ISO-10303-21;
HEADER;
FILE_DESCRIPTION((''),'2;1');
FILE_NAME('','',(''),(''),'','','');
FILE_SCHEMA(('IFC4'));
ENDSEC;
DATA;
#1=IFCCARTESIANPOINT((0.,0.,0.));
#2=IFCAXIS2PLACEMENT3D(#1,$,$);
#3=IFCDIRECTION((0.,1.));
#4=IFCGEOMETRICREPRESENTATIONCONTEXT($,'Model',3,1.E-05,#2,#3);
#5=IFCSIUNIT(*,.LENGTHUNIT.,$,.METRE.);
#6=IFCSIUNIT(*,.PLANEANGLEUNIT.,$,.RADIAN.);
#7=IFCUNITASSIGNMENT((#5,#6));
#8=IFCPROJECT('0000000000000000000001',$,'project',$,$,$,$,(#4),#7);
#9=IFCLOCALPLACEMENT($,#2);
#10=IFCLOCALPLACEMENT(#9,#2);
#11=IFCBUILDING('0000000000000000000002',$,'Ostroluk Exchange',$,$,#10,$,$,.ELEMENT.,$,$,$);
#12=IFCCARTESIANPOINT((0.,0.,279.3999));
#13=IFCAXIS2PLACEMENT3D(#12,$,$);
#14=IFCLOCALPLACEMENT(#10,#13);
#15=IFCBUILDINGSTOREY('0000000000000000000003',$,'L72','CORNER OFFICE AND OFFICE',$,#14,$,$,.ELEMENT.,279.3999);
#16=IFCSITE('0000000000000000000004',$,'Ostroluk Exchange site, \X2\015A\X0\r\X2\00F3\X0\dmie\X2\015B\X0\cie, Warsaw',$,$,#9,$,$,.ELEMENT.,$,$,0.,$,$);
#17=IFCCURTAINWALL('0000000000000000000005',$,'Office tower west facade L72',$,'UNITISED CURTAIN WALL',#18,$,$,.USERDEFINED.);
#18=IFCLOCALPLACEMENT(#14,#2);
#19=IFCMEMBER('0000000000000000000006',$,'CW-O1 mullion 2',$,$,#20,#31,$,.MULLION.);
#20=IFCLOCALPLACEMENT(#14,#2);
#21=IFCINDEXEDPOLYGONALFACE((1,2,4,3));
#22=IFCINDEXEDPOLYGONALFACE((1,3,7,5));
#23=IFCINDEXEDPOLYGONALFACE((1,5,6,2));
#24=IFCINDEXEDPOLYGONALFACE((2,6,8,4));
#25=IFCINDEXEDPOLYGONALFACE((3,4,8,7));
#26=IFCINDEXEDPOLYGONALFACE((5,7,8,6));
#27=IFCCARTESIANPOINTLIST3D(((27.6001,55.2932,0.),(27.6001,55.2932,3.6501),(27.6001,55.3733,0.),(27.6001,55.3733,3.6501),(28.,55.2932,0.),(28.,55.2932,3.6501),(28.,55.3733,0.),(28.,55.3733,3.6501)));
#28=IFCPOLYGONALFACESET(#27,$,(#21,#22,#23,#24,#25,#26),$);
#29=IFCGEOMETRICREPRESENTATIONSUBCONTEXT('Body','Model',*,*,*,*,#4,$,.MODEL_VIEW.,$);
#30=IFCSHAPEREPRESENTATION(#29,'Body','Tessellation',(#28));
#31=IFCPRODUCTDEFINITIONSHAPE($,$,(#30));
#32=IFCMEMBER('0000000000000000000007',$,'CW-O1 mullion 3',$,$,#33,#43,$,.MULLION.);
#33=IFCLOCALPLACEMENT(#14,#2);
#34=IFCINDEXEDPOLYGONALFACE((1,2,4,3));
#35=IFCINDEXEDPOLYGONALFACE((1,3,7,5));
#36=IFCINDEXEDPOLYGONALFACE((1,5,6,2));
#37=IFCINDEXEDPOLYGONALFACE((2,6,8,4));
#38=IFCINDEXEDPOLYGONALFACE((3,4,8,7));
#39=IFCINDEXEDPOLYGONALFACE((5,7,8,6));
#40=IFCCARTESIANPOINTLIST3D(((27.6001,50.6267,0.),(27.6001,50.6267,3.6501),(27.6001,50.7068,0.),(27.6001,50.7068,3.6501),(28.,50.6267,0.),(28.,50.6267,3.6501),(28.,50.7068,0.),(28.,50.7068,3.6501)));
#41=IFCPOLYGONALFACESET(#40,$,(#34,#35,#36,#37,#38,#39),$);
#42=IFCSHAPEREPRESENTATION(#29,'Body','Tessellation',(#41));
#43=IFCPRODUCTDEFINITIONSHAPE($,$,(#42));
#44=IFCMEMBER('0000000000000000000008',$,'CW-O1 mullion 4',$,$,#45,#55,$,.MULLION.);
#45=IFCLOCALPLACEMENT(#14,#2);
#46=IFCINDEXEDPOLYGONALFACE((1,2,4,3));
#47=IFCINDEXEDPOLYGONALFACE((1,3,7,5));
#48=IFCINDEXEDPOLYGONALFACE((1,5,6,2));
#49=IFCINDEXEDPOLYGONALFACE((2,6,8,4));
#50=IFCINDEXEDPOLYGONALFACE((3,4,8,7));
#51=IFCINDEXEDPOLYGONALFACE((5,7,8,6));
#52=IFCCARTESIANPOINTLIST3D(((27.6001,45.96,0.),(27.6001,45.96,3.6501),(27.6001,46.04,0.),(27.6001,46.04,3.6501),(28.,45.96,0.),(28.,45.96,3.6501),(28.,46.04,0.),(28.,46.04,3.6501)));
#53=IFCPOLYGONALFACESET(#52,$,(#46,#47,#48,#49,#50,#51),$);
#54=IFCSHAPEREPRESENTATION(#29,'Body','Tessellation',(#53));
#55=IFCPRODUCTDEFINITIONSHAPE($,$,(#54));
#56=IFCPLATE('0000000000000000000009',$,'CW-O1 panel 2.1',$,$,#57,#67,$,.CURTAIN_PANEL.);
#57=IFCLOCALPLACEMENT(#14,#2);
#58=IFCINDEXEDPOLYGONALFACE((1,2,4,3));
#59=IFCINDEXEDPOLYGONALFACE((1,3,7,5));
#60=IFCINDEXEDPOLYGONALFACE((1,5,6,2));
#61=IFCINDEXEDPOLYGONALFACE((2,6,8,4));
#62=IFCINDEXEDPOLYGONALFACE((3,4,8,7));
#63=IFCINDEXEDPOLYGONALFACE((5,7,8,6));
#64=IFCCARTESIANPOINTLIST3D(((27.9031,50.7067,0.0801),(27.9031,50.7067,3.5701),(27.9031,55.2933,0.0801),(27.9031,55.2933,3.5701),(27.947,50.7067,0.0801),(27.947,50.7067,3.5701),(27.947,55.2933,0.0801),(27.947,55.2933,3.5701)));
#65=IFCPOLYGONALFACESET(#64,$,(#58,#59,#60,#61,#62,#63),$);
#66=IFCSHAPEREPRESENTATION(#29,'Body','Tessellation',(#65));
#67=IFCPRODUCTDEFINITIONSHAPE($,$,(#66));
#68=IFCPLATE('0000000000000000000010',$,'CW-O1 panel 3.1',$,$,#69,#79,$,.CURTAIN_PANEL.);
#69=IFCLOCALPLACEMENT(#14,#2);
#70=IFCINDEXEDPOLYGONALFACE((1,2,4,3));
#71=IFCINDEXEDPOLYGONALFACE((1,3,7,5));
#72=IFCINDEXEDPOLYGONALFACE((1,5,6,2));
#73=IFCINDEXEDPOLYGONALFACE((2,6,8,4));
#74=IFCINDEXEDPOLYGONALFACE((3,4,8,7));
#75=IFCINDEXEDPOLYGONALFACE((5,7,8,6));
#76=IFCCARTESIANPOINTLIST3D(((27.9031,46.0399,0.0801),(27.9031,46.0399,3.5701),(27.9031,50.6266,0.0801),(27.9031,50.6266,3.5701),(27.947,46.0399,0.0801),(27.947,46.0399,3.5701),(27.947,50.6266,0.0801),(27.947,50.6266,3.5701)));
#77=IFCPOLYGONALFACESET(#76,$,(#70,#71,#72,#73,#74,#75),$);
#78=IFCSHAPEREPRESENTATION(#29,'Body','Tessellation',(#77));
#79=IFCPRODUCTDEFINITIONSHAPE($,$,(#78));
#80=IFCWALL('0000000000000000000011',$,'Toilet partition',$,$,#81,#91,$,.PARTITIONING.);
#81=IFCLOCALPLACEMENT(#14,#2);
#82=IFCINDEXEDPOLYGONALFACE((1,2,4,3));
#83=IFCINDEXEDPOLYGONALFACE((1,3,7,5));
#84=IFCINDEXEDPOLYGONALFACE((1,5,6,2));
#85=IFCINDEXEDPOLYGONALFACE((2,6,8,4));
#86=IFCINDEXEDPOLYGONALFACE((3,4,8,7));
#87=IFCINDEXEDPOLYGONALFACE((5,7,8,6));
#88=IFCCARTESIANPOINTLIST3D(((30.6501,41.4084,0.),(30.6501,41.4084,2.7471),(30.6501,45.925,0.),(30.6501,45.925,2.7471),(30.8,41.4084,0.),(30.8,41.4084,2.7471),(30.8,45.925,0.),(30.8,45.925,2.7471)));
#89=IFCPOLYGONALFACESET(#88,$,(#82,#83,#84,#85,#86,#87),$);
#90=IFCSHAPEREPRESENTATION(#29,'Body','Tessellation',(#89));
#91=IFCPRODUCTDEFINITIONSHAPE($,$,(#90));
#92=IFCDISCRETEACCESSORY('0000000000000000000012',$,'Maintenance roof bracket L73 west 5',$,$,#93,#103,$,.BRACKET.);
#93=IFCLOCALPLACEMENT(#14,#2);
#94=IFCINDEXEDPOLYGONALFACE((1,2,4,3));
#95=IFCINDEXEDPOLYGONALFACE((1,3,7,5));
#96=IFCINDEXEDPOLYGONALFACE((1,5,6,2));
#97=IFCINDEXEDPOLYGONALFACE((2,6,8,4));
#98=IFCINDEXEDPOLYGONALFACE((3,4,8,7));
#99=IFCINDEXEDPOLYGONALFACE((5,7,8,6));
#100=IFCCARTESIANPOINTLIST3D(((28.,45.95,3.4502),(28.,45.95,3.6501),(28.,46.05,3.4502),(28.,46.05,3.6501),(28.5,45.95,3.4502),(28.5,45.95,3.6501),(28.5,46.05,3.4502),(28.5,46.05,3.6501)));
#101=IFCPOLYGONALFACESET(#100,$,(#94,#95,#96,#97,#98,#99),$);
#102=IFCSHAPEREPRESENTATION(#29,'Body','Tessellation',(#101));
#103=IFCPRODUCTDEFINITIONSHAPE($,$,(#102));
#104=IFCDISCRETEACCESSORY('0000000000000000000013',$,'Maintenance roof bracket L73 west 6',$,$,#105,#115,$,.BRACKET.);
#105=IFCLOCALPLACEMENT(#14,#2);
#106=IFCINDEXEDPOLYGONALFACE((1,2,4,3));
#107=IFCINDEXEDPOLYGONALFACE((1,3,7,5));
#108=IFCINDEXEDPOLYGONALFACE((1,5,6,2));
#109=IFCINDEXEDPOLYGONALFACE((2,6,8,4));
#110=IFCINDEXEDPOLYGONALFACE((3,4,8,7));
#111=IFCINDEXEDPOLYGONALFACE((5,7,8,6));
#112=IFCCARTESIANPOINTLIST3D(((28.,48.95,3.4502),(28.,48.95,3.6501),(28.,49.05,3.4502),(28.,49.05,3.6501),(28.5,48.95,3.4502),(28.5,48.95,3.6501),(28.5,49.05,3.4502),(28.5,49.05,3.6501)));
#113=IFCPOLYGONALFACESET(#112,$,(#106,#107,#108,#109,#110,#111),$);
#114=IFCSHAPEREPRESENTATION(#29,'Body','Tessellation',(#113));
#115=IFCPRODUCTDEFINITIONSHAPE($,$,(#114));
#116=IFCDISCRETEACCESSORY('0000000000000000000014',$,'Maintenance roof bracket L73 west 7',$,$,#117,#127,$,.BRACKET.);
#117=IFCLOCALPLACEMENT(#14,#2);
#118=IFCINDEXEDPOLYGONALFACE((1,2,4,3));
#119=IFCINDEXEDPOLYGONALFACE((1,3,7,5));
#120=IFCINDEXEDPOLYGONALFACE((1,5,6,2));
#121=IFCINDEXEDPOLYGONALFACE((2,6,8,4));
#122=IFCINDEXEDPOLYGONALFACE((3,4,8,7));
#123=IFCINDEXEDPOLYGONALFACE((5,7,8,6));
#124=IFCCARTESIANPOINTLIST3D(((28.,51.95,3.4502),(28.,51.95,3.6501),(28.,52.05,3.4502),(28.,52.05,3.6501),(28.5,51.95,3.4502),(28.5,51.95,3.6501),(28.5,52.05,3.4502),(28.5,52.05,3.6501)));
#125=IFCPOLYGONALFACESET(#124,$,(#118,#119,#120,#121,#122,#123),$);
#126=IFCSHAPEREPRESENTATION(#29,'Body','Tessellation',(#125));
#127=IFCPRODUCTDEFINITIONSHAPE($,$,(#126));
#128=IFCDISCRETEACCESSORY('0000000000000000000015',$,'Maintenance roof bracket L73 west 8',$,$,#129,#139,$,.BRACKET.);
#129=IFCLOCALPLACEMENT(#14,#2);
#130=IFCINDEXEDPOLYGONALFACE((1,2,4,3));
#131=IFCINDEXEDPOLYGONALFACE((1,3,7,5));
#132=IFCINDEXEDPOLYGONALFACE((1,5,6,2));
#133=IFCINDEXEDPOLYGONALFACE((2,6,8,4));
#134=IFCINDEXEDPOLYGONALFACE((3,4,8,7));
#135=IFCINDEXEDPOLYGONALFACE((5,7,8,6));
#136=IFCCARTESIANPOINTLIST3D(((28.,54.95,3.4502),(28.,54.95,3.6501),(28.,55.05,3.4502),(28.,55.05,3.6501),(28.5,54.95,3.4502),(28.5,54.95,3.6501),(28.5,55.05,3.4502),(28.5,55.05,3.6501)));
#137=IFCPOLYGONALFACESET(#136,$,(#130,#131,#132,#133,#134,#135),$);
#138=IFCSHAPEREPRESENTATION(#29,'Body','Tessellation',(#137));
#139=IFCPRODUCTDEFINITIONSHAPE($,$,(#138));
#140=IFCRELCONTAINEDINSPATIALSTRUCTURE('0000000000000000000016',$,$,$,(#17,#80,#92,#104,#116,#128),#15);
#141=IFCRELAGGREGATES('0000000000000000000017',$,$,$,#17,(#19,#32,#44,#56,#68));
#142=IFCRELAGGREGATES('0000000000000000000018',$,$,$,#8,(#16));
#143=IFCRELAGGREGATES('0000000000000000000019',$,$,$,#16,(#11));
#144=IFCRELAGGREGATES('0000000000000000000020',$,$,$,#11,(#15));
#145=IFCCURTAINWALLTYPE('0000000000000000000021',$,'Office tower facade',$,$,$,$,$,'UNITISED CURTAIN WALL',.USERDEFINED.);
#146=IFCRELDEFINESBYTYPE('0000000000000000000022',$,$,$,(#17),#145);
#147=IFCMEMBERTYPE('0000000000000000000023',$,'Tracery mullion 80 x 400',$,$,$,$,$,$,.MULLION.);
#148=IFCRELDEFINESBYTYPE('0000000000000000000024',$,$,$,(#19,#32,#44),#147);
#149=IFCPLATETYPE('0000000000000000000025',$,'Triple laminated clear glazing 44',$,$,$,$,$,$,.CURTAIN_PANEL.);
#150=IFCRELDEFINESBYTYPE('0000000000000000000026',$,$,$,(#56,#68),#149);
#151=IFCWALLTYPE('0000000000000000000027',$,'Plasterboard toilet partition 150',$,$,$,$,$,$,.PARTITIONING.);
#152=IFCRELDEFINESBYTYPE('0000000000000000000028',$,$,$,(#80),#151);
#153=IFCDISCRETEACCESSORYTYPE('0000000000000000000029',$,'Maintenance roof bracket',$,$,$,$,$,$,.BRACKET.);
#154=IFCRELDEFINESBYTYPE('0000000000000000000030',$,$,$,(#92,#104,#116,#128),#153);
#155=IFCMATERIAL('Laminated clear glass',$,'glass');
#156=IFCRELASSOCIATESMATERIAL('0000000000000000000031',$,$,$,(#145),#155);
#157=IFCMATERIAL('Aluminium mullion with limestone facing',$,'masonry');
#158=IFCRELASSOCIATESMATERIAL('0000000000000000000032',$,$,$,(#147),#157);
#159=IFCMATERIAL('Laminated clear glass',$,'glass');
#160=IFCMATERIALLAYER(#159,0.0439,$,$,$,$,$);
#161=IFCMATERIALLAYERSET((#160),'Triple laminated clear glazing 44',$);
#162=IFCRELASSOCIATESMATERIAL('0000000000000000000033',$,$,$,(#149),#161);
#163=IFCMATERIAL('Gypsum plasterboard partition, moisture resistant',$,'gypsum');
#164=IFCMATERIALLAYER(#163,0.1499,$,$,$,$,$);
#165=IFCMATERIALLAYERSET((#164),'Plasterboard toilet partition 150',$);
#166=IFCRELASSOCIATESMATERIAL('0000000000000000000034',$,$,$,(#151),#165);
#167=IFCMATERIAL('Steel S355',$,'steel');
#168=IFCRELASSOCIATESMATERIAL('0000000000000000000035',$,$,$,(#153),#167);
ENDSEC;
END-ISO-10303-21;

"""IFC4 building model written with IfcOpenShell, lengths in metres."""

from ifc_helpers import new_model, si_unit, direction, frame, frame_2d, origin, origin_2d, place, context, subcontext, project, spatial, rectangle, extrude, material, layer, layer_set, material_profile, profile_set, type_object, element, aggregate, save


model = new_model("IFC4")

# Units and contexts
model_context = context("Model", 3, precision=1e-05, world=origin(), true_north=direction((0.0, 1.0)))
body_context = subcontext(model_context, "Body", "Model", "MODEL_VIEW")
ifc_project = project(units=[si_unit("LENGTHUNIT", "METRE"), si_unit("PLANEANGLEUNIT", "RADIAN")], contexts=[model_context])

# Site, building, storey
site_placement = place(None, origin())
site = spatial("IfcSite", under=ifc_project, at=site_placement, Name="Ostroluk Exchange site, Śródmieście, Warsaw", CompositionType="ELEMENT", RefElevation=0.0)
building_placement = place(site_placement, origin())
building = spatial("IfcBuilding", under=site, at=building_placement, Name="Ostroluk Exchange", CompositionType="ELEMENT")
storey_placement = place(building_placement, frame((0.0, 0.0, 279.3999)))
storey = spatial("IfcBuildingStorey", under=building, at=storey_placement, Name="L72", Description="CORNER OFFICE AND OFFICE", CompositionType="ELEMENT", Elevation=279.3999)

# Curtain wall, members, plates
ifc_material_1 = material(Name="Laminated clear glass", Category="glass")
curtain_wall_type = type_object("IfcCurtainWallType", Name="Office tower facade", ElementType="UNITISED CURTAIN WALL", PredefinedType="USERDEFINED", material=ifc_material_1)
curtain_wall_placement = place(storey_placement, origin())
curtain_wall = element("IfcCurtainWall", 1, at=curtain_wall_placement, inside=storey, type_object=curtain_wall_type, Name="Office tower west facade L72", ObjectType="UNITISED CURTAIN WALL", PredefinedType="USERDEFINED")
ifc_material_2 = material(Name="Aluminium mullion with limestone facing", Category="masonry")
ifc_material_profile_1 = material_profile(ifc_material_2, rectangle(XDim=0.3999, YDim=0.0801, at=origin_2d()), Name="Tracery mullion 80 x 400")
ifc_profile_set_1 = profile_set([ifc_material_profile_1], Name="Aluminium mullion with limestone facing")
member_type_1 = type_object("IfcMemberType", Name="Tracery mullion 80 x 400", PredefinedType="MULLION", material=ifc_profile_set_1)
member_1_placement = place(storey_placement, frame((27.8, 55.3333, 0.0), z_axis=(0.0, 0.0, 1.0), x_axis=(1.0, 0.0, 0.0)))
member_1 = element("IfcMember", 2, at=member_1_placement, type_object=member_type_1, Name="CW-O1 mullion 2", PredefinedType="MULLION", context=body_context, shape_type="SweptSolid", body=[
    extrude(rectangle(XDim=0.3999, YDim=0.0801, at=origin_2d()), origin(), (0.0, 0.0, 1.0), 3.6501),
])
member_2_placement = place(storey_placement, frame((27.8, 50.6667, 0.0), z_axis=(0.0, 0.0, 1.0), x_axis=(1.0, 0.0, 0.0)))
member_2 = element("IfcMember", 3, at=member_2_placement, type_object=member_type_1, Name="CW-O1 mullion 3", PredefinedType="MULLION", context=body_context, shape_type="SweptSolid", body=[
    extrude(rectangle(XDim=0.3999, YDim=0.0801, at=origin_2d()), origin(), (0.0, 0.0, 1.0), 3.6501),
])
member_3_placement = place(storey_placement, frame((27.8, 46.0, 0.0), z_axis=(0.0, 0.0, 1.0), x_axis=(1.0, 0.0, 0.0)))
member_3 = element("IfcMember", 4, at=member_3_placement, type_object=member_type_1, Name="CW-O1 mullion 4", PredefinedType="MULLION", context=body_context, shape_type="SweptSolid", body=[
    extrude(rectangle(XDim=0.3999, YDim=0.0801, at=origin_2d()), origin(), (0.0, 0.0, 1.0), 3.6501),
])
ifc_material_3 = material(Name="Laminated clear glass", Category="glass")
ifc_layer_1 = layer(ifc_material_3, 0.0439)
ifc_layer_set_1 = layer_set([ifc_layer_1], Name="Triple laminated clear glazing 44")
plate_type = type_object("IfcPlateType", Name="Triple laminated clear glazing 44", PredefinedType="CURTAIN_PANEL", material=ifc_layer_set_1)
plate_1_placement = place(storey_placement, frame((27.925, 53.0, 0.0801), z_axis=(0.0, 0.0, 1.0), x_axis=(0.0, -1.0, 0.0)))
plate_1 = element("IfcPlate", 5, at=plate_1_placement, type_object=plate_type, Name="CW-O1 panel 2.1", PredefinedType="CURTAIN_PANEL", context=body_context, shape_type="SweptSolid", body=[
    extrude(rectangle(XDim=4.5867, YDim=0.0439, at=origin_2d()), origin(), (0.0, 0.0, 1.0), 3.49),
])
plate_2_placement = place(storey_placement, frame((27.925, 48.3333, 0.0801), z_axis=(0.0, 0.0, 1.0), x_axis=(0.0, -1.0, 0.0)))
plate_2 = element("IfcPlate", 6, at=plate_2_placement, type_object=plate_type, Name="CW-O1 panel 3.1", PredefinedType="CURTAIN_PANEL", context=body_context, shape_type="SweptSolid", body=[
    extrude(rectangle(XDim=4.5867, YDim=0.0439, at=origin_2d()), origin(), (0.0, 0.0, 1.0), 3.49),
])
aggregate(curtain_wall, [member_1, member_2, member_3, plate_1, plate_2])

# Wall
ifc_material_4 = material(Name="Gypsum plasterboard partition, moisture resistant", Category="gypsum")
ifc_layer_2 = layer(ifc_material_4, 0.1499)
ifc_layer_set_2 = layer_set([ifc_layer_2], Name="Plasterboard toilet partition 150")
wall_type = type_object("IfcWallType", Name="Plasterboard toilet partition 150", PredefinedType="PARTITIONING", material=ifc_layer_set_2)
wall_placement = place(storey_placement, frame((30.7251, 45.925, 0.0), z_axis=(0.0, 0.0, 1.0), x_axis=(0.0, -1.0, 0.0)))
element("IfcWall", 7, at=wall_placement, inside=storey, type_object=wall_type, Name="Toilet partition", PredefinedType="PARTITIONING", context=body_context, shape_type="SweptSolid", body=[
    extrude(rectangle(XDim=4.5166, YDim=0.1499, at=frame_2d((2.2583, 0.0))), origin(), (0.0, 0.0, 1.0), 2.7471),
])

# Discrete accessories
ifc_material_5 = material(Name="Steel S355", Category="steel")
discrete_accessory_type = type_object("IfcDiscreteAccessoryType", Name="Maintenance roof bracket", PredefinedType="BRACKET", material=ifc_material_5)
for number, where, z_axis, x_axis, name in (
    (8, (28.25, 46.0, 3.4502), (0.0, 0.0, 1.0), (1.0, 0.0, 0.0), "Maintenance roof bracket L73 west 5"),
    (9, (28.25, 49.0, 3.4502), (0.0, 0.0, 1.0), (1.0, 0.0, 0.0), "Maintenance roof bracket L73 west 6"),
    (10, (28.25, 52.0, 3.4502), (0.0, 0.0, 1.0), (1.0, 0.0, 0.0), "Maintenance roof bracket L73 west 7"),
    (11, (28.25, 55.0, 3.4502), (0.0, 0.0, 1.0), (1.0, 0.0, 0.0), "Maintenance roof bracket L73 west 8"),
):
    element("IfcDiscreteAccessory", number, at=place(storey_placement, frame(where, z_axis=z_axis, x_axis=x_axis)), inside=storey, type_object=discrete_accessory_type, Name=name, PredefinedType="BRACKET", context=body_context, shape_type="SweptSolid", body=[
        extrude(rectangle(XDim=0.5, YDim=0.1001, at=origin_2d()), origin(), (0.0, 0.0, 1.0), 0.2),
    ])

save(model, "model.ifc")
